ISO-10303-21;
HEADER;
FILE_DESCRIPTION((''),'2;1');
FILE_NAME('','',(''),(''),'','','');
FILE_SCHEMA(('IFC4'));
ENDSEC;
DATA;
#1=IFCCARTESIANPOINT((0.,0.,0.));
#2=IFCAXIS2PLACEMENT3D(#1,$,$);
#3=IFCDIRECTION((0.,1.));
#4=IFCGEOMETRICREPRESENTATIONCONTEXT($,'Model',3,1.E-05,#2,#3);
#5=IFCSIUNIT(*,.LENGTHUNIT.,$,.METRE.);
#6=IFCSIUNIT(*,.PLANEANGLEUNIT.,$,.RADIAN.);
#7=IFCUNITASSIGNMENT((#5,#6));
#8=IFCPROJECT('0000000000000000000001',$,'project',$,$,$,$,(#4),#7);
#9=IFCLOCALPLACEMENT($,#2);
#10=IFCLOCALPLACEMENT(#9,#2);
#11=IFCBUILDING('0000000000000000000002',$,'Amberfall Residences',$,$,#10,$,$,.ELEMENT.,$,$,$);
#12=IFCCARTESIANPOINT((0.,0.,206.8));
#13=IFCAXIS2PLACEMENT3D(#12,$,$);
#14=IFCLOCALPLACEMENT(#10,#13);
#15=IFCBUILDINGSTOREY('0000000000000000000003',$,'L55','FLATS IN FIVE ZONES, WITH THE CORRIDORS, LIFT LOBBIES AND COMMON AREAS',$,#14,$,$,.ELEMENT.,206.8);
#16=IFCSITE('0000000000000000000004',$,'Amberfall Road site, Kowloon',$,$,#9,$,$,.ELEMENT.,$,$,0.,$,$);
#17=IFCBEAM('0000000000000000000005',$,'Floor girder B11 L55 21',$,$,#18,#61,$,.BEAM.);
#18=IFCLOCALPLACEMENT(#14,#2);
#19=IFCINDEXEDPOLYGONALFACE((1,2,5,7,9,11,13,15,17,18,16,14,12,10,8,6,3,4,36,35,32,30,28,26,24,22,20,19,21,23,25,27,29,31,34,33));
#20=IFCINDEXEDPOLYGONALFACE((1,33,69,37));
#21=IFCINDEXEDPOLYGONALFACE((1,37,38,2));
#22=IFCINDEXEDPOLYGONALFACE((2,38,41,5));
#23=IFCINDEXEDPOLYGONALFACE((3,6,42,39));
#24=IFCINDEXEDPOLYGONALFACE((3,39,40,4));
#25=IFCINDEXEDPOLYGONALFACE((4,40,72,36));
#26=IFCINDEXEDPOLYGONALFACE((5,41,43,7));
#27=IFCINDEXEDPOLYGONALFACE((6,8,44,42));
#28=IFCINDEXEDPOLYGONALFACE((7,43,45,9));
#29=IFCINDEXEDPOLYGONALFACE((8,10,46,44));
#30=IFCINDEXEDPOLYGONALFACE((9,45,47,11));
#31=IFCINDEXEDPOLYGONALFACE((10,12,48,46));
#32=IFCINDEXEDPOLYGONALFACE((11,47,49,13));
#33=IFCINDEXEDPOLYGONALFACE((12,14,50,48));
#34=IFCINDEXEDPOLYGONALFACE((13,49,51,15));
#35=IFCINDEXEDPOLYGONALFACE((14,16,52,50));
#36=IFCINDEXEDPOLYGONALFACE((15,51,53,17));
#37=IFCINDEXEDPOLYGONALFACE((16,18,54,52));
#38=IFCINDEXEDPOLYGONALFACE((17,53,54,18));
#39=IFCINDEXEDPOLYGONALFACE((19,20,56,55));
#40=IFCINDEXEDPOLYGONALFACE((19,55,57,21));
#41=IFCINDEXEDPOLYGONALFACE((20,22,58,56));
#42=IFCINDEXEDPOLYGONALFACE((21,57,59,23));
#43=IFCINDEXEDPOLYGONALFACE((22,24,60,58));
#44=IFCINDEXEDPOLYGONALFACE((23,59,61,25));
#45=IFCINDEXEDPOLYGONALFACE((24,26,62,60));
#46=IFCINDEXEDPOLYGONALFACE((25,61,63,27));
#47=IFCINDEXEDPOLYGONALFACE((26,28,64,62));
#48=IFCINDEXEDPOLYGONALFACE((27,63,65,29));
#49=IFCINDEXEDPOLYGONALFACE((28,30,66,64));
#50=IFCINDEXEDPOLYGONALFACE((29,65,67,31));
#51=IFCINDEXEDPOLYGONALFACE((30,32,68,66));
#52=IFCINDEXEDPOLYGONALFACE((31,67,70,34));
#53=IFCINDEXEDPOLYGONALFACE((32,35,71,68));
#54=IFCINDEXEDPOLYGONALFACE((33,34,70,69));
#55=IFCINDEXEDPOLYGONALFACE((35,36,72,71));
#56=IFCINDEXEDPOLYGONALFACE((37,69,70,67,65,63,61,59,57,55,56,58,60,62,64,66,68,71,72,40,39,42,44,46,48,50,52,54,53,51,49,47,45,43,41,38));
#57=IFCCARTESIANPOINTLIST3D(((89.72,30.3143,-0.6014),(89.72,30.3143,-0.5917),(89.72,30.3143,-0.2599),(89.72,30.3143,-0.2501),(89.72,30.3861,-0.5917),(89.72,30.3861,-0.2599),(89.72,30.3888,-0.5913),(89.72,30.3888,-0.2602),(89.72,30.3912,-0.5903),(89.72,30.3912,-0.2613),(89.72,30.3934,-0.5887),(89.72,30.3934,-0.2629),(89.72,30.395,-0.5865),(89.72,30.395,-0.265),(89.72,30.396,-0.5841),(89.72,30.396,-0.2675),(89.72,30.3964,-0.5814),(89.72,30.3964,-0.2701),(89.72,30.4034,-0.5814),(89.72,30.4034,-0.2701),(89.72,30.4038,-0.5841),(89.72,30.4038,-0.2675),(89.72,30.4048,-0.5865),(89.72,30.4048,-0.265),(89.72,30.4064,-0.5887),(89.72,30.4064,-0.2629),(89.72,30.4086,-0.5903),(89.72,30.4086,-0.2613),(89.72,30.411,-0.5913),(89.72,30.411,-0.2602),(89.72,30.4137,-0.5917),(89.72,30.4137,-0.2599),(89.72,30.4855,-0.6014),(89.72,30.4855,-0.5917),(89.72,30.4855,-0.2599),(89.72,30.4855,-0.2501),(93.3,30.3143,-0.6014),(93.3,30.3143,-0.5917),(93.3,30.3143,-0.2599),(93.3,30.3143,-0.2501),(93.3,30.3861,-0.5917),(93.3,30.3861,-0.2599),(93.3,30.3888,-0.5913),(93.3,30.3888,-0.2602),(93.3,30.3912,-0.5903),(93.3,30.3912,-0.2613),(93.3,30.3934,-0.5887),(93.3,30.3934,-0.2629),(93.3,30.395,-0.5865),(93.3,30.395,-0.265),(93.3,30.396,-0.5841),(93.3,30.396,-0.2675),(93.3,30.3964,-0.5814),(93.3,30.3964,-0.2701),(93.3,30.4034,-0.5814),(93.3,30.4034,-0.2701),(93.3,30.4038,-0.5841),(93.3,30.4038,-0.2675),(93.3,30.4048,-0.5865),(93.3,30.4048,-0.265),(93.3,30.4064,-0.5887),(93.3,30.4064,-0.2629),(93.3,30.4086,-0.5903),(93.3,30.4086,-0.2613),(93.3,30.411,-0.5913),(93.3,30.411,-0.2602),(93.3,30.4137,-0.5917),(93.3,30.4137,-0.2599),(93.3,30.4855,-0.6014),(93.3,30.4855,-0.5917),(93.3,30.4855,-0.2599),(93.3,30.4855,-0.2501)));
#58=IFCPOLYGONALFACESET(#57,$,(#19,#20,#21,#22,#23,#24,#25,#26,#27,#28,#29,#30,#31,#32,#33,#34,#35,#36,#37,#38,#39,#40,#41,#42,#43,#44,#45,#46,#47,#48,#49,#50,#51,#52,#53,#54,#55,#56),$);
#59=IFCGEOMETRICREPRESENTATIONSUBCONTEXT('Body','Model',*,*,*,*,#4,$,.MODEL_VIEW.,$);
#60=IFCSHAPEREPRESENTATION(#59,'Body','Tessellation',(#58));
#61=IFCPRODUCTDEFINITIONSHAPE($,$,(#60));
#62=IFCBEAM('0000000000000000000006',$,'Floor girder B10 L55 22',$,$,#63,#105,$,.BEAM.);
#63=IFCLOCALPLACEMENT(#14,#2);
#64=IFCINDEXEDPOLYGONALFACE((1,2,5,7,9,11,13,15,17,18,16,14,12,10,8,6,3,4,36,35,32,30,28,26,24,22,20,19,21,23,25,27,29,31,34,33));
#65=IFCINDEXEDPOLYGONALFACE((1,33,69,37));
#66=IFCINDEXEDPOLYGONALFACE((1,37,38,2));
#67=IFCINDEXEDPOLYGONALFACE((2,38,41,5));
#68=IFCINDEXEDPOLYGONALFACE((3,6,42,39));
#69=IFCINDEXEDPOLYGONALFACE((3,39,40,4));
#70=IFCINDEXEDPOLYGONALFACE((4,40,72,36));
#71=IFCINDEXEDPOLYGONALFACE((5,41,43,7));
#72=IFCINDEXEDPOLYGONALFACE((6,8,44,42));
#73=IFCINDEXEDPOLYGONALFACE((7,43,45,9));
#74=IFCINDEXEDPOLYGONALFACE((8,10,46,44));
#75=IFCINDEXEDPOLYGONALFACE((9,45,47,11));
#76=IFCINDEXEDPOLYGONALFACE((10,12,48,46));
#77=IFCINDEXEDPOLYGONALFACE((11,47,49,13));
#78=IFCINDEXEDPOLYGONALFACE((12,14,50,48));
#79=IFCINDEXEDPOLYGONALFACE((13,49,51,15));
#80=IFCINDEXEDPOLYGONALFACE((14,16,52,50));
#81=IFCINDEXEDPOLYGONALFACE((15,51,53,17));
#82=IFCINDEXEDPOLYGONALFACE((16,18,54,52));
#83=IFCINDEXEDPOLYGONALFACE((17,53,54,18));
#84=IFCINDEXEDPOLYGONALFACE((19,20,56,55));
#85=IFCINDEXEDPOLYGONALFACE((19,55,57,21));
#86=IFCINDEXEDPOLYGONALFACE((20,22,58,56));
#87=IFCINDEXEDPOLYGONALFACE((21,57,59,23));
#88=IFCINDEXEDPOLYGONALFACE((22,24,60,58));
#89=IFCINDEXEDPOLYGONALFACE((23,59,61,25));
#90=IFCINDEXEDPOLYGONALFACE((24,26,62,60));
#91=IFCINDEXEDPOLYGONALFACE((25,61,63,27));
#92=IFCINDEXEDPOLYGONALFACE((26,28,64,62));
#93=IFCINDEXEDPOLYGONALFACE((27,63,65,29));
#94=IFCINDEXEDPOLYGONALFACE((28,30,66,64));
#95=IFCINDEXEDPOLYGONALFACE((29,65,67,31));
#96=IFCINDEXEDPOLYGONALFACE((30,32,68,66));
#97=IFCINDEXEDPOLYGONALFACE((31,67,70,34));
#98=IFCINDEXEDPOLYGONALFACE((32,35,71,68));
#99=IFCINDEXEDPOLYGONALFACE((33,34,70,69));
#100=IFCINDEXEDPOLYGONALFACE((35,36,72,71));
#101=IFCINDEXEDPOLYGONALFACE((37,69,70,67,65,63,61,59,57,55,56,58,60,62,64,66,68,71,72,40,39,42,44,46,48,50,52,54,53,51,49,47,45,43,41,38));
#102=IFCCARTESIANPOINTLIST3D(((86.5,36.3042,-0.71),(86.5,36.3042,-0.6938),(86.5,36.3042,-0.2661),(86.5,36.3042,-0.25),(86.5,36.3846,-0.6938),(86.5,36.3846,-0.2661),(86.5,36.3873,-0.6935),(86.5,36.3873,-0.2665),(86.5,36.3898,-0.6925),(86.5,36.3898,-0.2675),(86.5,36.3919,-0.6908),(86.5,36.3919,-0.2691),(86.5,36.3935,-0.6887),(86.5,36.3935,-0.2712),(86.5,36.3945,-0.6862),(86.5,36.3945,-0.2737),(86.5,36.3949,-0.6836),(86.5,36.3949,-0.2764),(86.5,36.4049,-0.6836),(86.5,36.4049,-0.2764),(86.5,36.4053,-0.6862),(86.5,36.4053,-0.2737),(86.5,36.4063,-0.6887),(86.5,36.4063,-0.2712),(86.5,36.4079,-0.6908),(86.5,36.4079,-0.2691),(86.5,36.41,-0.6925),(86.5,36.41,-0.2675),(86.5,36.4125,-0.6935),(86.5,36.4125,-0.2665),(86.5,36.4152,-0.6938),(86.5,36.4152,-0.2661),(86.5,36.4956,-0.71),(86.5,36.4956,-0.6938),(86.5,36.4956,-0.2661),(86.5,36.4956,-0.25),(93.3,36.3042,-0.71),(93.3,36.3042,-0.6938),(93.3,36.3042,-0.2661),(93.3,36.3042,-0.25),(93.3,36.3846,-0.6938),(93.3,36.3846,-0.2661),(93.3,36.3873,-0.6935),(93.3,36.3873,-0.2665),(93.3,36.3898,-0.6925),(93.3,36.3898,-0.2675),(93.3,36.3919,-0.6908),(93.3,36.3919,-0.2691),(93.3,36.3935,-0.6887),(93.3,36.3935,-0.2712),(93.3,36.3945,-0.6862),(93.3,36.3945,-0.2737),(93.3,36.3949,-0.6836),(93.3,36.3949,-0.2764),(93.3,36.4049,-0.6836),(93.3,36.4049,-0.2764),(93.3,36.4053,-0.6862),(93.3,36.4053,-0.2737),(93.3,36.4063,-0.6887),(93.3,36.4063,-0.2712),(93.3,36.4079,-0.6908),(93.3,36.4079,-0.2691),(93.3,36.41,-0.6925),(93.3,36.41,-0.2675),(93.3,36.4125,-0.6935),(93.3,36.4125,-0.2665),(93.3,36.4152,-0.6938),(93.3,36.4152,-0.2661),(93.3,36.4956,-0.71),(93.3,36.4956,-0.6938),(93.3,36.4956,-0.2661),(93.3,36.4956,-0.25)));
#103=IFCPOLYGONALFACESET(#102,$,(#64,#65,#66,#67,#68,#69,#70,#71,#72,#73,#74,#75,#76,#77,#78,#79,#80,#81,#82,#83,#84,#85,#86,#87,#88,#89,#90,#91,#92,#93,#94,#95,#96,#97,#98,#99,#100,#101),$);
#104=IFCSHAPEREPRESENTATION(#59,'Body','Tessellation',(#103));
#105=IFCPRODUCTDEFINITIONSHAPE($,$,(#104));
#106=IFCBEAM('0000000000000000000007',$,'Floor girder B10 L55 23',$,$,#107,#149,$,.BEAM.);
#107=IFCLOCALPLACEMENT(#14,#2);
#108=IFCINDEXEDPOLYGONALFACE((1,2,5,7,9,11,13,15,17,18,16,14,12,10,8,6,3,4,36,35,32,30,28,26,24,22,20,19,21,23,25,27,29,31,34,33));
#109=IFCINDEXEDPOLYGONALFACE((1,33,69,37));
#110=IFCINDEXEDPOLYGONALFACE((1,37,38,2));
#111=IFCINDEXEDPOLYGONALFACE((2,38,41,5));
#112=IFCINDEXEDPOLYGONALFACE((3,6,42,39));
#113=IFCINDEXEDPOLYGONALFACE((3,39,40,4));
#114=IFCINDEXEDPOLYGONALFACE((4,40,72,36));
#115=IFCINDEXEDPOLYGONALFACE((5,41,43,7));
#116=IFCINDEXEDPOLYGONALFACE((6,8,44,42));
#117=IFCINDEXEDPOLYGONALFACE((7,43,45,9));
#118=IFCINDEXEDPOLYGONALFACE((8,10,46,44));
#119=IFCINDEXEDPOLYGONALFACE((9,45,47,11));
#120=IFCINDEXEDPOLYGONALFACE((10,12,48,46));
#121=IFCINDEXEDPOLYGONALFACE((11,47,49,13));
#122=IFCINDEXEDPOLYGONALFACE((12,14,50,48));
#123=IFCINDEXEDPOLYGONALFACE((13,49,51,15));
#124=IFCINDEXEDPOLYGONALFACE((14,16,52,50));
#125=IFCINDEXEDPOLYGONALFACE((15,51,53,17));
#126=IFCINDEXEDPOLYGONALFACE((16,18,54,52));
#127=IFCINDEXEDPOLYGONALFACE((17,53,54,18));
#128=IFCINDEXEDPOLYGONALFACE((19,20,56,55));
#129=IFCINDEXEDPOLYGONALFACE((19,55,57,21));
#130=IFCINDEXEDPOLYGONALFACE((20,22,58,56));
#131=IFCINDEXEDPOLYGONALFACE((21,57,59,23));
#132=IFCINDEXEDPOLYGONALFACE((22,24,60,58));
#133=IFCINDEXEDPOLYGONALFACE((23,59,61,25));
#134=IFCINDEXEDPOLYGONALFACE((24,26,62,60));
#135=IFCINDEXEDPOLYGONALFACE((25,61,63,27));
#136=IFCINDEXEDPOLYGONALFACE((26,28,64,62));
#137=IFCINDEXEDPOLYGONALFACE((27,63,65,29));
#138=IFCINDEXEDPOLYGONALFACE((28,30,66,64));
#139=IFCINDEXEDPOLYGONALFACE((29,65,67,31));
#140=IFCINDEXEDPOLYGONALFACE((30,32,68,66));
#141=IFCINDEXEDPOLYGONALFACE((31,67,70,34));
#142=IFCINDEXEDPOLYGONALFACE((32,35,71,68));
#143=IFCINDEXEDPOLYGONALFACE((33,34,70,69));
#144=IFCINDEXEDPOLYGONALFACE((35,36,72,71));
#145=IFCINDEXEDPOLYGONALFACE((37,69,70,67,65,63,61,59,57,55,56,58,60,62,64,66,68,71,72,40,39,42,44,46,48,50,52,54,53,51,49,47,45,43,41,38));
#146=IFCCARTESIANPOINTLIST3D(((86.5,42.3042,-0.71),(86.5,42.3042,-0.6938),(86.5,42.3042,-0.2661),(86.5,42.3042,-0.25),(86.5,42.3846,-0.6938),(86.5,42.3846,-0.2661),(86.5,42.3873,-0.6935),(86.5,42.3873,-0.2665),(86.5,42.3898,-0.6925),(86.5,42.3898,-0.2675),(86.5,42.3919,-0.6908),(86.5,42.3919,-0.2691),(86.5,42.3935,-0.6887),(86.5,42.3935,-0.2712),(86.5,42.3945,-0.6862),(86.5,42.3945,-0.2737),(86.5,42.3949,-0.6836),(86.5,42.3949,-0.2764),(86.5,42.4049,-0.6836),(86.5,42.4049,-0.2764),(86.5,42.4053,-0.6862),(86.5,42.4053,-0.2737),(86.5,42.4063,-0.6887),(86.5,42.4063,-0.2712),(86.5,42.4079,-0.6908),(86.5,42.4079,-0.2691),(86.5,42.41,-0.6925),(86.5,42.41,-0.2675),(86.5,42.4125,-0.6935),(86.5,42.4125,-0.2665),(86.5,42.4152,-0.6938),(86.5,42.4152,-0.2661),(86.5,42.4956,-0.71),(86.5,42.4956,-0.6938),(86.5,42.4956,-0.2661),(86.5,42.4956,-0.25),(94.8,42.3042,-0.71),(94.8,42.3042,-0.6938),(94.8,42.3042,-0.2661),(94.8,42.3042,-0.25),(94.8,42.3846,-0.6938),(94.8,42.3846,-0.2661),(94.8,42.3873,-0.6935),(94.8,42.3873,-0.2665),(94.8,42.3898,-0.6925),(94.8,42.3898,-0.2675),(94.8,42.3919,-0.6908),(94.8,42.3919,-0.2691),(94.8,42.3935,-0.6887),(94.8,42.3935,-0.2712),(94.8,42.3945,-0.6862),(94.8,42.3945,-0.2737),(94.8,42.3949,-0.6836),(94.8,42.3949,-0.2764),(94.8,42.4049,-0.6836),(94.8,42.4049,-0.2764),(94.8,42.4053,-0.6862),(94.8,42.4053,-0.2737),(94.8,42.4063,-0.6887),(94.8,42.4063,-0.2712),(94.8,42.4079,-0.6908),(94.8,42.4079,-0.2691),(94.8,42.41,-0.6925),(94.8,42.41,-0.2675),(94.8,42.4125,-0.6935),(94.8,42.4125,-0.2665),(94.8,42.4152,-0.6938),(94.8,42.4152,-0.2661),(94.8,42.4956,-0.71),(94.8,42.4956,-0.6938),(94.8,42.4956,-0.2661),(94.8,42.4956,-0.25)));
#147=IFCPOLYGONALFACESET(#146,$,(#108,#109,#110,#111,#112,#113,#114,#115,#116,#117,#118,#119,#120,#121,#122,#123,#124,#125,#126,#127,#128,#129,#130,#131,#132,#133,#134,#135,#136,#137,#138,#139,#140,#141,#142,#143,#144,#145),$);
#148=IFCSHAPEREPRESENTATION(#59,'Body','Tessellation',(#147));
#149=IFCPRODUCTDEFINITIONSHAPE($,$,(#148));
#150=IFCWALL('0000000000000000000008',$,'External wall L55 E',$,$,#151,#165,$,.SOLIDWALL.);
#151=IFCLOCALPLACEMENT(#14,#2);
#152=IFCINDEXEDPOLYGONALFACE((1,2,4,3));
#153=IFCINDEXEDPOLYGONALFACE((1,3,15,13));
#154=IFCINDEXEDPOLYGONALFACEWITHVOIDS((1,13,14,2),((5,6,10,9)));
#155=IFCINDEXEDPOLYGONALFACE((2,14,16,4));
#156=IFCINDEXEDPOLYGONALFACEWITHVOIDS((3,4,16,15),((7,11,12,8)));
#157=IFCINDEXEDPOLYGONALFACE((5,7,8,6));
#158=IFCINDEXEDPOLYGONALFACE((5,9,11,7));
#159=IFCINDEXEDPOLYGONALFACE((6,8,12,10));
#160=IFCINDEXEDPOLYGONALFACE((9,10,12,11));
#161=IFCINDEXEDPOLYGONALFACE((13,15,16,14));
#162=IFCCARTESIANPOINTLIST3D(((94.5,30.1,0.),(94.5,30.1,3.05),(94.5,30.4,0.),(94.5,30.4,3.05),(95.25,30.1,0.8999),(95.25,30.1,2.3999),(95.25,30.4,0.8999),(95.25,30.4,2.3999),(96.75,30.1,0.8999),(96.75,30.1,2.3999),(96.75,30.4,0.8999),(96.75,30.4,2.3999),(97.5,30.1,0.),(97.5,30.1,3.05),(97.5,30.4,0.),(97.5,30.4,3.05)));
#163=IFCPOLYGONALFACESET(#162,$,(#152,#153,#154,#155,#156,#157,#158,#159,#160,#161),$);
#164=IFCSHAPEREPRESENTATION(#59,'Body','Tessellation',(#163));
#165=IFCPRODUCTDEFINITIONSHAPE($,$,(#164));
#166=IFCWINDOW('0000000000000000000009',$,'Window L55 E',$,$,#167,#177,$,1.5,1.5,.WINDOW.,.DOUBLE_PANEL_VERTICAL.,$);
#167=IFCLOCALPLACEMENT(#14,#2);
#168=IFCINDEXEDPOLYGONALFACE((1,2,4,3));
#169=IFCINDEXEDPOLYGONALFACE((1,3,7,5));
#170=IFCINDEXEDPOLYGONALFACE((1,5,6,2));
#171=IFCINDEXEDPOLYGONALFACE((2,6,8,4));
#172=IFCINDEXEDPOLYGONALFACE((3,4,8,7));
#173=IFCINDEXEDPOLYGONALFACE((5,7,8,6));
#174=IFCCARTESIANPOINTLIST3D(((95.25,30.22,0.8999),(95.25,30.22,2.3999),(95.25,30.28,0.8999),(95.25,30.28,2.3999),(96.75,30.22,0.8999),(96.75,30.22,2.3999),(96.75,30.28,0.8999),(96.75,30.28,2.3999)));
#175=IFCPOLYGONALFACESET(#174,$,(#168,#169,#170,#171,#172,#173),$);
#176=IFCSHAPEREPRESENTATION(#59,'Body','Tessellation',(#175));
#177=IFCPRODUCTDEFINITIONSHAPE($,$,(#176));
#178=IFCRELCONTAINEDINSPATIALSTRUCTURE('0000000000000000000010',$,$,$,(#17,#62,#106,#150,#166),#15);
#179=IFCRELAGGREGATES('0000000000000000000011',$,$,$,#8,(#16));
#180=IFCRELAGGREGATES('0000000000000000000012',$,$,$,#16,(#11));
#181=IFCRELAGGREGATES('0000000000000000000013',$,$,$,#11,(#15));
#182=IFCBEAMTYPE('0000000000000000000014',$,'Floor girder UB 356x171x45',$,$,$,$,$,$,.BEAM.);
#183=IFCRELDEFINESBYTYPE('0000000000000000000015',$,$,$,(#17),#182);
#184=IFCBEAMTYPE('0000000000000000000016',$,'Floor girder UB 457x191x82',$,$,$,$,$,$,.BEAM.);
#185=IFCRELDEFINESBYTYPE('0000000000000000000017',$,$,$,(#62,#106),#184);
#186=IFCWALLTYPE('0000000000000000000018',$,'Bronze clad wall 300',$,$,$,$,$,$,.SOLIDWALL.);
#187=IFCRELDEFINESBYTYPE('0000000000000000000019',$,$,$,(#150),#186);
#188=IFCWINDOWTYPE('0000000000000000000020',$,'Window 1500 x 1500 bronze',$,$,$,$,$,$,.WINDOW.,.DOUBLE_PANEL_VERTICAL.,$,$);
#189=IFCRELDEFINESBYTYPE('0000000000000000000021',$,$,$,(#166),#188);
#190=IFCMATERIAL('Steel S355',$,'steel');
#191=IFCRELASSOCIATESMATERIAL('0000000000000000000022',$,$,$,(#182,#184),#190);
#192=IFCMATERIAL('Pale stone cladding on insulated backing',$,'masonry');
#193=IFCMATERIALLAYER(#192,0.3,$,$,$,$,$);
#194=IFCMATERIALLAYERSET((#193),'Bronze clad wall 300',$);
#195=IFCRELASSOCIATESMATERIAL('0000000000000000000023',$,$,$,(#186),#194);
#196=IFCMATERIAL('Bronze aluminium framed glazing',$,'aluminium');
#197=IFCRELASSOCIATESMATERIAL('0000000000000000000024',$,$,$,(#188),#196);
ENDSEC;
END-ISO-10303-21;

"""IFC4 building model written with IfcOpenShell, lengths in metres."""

from ifc_helpers import new_model, si_unit, direction, frame, frame_2d, origin, origin_2d, place, context, subcontext, project, spatial, rectangle, i_section, extrude, material, layer, layer_set, material_profile, profile_set, type_object, element, fill, save


model = new_model("IFC4")

# Units and contexts
model_context = context("Model", 3, precision=1e-05, world=origin(), true_north=direction((0.0, 1.0)))
body_context = subcontext(model_context, "Body", "Model", "MODEL_VIEW")
ifc_project = project(units=[si_unit("LENGTHUNIT", "METRE"), si_unit("PLANEANGLEUNIT", "RADIAN")], contexts=[model_context])

# Site, building, storey
site_placement = place(None, origin())
site = spatial("IfcSite", under=ifc_project, at=site_placement, Name="Amberfall Road site, Kowloon", CompositionType="ELEMENT", RefElevation=0.0)
building_placement = place(site_placement, origin())
building = spatial("IfcBuilding", under=site, at=building_placement, Name="Amberfall Residences", CompositionType="ELEMENT")
storey_placement = place(building_placement, frame((0.0, 0.0, 206.8)))
storey = spatial("IfcBuildingStorey", under=building, at=storey_placement, Name="L55", Description="FLATS IN FIVE ZONES, WITH THE CORRIDORS, LIFT LOBBIES AND COMMON AREAS", CompositionType="ELEMENT", Elevation=206.8)

# Shared definitions
ifc_material_1 = material(Name="Steel S355", Category="steel")

# Beams
ifc_material_profile_1 = material_profile(ifc_material_1, i_section(OverallWidth=0.1711, OverallDepth=0.3513, WebThickness=0.0071, FlangeThickness=0.0098, FilletRadius=0.0103, at=origin_2d()), Name="UB 356x171x45")
ifc_profile_set_1 = profile_set([ifc_material_profile_1], Name="Steel S355")
beam_type_1 = type_object("IfcBeamType", Name="Floor girder UB 356x171x45", PredefinedType="BEAM", material=ifc_profile_set_1)
beam_1_placement = place(storey_placement, frame((93.3, 30.3999, -0.4258), z_axis=(-1.0, 0.0, 0.0), x_axis=(0.0, -1.0, 0.0)))
element("IfcBeam", 1, at=beam_1_placement, inside=storey, type_object=beam_type_1, Name="Floor girder B11 L55 21", PredefinedType="BEAM", context=body_context, shape_type="SweptSolid", body=[
    extrude(i_section(OverallWidth=0.1711, OverallDepth=0.3513, WebThickness=0.0071, FlangeThickness=0.0098, FilletRadius=0.0103, at=origin_2d()), origin(), (0.0, 0.0, 1.0), 3.5801),
])
ifc_material_profile_2 = material_profile(ifc_material_1, i_section(OverallWidth=0.1914, OverallDepth=0.46, WebThickness=0.01, FlangeThickness=0.0161, FilletRadius=0.0103, at=origin_2d()), Name="UB 457x191x82")
ifc_profile_set_2 = profile_set([ifc_material_profile_2], Name="Steel S355")
beam_type_2 = type_object("IfcBeamType", Name="Floor girder UB 457x191x82", PredefinedType="BEAM", material=ifc_profile_set_2)
beam_2_placement = place(storey_placement, frame((93.3, 36.3999, -0.48), z_axis=(-1.0, 0.0, 0.0), x_axis=(0.0, -1.0, 0.0)))
element("IfcBeam", 2, at=beam_2_placement, inside=storey, type_object=beam_type_2, Name="Floor girder B10 L55 22", PredefinedType="BEAM", context=body_context, shape_type="SweptSolid", body=[
    extrude(i_section(OverallWidth=0.1914, OverallDepth=0.46, WebThickness=0.01, FlangeThickness=0.0161, FilletRadius=0.0103, at=origin_2d()), origin(), (0.0, 0.0, 1.0), 6.8),
])
beam_3_placement = place(storey_placement, frame((94.8, 42.3999, -0.48), z_axis=(-1.0, 0.0, 0.0), x_axis=(0.0, -1.0, 0.0)))
element("IfcBeam", 3, at=beam_3_placement, inside=storey, type_object=beam_type_2, Name="Floor girder B10 L55 23", PredefinedType="BEAM", context=body_context, shape_type="SweptSolid", body=[
    extrude(i_section(OverallWidth=0.1914, OverallDepth=0.46, WebThickness=0.01, FlangeThickness=0.0161, FilletRadius=0.0103, at=origin_2d()), origin(), (0.0, 0.0, 1.0), 8.3),
])

# Wall, opening, window
ifc_material_2 = material(Name="Pale stone cladding on insulated backing", Category="masonry")
ifc_layer_1 = layer(ifc_material_2, 0.3)
ifc_layer_set_1 = layer_set([ifc_layer_1], Name="Bronze clad wall 300")
wall_type_1 = type_object("IfcWallType", Name="Bronze clad wall 300", PredefinedType="SOLIDWALL", material=ifc_layer_set_1)
wall_1_placement = place(storey_placement, frame((97.5, 30.25, 0.0), z_axis=(0.0, 0.0, 1.0), x_axis=(-1.0, 0.0, 0.0)))
wall_1 = element("IfcWall", 4, at=wall_1_placement, inside=storey, type_object=wall_type_1, Name="External wall L55 E", PredefinedType="SOLIDWALL", context=body_context, shape_type="SweptSolid", body=[
    extrude(rectangle(XDim=3.0, YDim=0.3, at=frame_2d((1.5, 0.0))), origin(), (0.0, 0.0, 1.0), 3.05),
])
opening_1_placement = place(wall_1_placement, frame((0.75, 0.0, 0.8999)))
opening_1 = element("IfcOpeningElement", 5, at=opening_1_placement, cuts=wall_1, PredefinedType="OPENING", context=body_context, shape_type="SweptSolid", body=[
    extrude(rectangle(XDim=1.5, YDim=1.5, at=frame_2d((0.75, 0.75))), frame((0.0, 0.1599, 0.0), z_axis=(0.0, -1.0, 0.0), x_axis=(1.0, 0.0, 0.0)), (0.0, 0.0, 1.0), 0.3201),
])
ifc_material_3 = material(Name="Bronze aluminium framed glazing", Category="aluminium")
window_type_1 = type_object("IfcWindowType", Name="Window 1500 x 1500 bronze", PartitioningType="DOUBLE_PANEL_VERTICAL", PredefinedType="WINDOW", material=ifc_material_3)
window_1_placement = place(opening_1_placement, origin())
window_1 = element("IfcWindow", 6, at=window_1_placement, inside=storey, type_object=window_type_1, Name="Window L55 E", OverallHeight=1.5, OverallWidth=1.5, PartitioningType="DOUBLE_PANEL_VERTICAL", PredefinedType="WINDOW", context=body_context, shape_type="SweptSolid", body=[
    extrude(rectangle(XDim=1.5, YDim=1.5, at=frame_2d((0.75, 0.75))), frame((0.0, 0.03, 0.0), z_axis=(0.0, -1.0, 0.0), x_axis=(1.0, 0.0, 0.0)), (0.0, 0.0, 1.0), 0.0601),
])
fill(opening_1, window_1)

save(model, "model.ifc")
